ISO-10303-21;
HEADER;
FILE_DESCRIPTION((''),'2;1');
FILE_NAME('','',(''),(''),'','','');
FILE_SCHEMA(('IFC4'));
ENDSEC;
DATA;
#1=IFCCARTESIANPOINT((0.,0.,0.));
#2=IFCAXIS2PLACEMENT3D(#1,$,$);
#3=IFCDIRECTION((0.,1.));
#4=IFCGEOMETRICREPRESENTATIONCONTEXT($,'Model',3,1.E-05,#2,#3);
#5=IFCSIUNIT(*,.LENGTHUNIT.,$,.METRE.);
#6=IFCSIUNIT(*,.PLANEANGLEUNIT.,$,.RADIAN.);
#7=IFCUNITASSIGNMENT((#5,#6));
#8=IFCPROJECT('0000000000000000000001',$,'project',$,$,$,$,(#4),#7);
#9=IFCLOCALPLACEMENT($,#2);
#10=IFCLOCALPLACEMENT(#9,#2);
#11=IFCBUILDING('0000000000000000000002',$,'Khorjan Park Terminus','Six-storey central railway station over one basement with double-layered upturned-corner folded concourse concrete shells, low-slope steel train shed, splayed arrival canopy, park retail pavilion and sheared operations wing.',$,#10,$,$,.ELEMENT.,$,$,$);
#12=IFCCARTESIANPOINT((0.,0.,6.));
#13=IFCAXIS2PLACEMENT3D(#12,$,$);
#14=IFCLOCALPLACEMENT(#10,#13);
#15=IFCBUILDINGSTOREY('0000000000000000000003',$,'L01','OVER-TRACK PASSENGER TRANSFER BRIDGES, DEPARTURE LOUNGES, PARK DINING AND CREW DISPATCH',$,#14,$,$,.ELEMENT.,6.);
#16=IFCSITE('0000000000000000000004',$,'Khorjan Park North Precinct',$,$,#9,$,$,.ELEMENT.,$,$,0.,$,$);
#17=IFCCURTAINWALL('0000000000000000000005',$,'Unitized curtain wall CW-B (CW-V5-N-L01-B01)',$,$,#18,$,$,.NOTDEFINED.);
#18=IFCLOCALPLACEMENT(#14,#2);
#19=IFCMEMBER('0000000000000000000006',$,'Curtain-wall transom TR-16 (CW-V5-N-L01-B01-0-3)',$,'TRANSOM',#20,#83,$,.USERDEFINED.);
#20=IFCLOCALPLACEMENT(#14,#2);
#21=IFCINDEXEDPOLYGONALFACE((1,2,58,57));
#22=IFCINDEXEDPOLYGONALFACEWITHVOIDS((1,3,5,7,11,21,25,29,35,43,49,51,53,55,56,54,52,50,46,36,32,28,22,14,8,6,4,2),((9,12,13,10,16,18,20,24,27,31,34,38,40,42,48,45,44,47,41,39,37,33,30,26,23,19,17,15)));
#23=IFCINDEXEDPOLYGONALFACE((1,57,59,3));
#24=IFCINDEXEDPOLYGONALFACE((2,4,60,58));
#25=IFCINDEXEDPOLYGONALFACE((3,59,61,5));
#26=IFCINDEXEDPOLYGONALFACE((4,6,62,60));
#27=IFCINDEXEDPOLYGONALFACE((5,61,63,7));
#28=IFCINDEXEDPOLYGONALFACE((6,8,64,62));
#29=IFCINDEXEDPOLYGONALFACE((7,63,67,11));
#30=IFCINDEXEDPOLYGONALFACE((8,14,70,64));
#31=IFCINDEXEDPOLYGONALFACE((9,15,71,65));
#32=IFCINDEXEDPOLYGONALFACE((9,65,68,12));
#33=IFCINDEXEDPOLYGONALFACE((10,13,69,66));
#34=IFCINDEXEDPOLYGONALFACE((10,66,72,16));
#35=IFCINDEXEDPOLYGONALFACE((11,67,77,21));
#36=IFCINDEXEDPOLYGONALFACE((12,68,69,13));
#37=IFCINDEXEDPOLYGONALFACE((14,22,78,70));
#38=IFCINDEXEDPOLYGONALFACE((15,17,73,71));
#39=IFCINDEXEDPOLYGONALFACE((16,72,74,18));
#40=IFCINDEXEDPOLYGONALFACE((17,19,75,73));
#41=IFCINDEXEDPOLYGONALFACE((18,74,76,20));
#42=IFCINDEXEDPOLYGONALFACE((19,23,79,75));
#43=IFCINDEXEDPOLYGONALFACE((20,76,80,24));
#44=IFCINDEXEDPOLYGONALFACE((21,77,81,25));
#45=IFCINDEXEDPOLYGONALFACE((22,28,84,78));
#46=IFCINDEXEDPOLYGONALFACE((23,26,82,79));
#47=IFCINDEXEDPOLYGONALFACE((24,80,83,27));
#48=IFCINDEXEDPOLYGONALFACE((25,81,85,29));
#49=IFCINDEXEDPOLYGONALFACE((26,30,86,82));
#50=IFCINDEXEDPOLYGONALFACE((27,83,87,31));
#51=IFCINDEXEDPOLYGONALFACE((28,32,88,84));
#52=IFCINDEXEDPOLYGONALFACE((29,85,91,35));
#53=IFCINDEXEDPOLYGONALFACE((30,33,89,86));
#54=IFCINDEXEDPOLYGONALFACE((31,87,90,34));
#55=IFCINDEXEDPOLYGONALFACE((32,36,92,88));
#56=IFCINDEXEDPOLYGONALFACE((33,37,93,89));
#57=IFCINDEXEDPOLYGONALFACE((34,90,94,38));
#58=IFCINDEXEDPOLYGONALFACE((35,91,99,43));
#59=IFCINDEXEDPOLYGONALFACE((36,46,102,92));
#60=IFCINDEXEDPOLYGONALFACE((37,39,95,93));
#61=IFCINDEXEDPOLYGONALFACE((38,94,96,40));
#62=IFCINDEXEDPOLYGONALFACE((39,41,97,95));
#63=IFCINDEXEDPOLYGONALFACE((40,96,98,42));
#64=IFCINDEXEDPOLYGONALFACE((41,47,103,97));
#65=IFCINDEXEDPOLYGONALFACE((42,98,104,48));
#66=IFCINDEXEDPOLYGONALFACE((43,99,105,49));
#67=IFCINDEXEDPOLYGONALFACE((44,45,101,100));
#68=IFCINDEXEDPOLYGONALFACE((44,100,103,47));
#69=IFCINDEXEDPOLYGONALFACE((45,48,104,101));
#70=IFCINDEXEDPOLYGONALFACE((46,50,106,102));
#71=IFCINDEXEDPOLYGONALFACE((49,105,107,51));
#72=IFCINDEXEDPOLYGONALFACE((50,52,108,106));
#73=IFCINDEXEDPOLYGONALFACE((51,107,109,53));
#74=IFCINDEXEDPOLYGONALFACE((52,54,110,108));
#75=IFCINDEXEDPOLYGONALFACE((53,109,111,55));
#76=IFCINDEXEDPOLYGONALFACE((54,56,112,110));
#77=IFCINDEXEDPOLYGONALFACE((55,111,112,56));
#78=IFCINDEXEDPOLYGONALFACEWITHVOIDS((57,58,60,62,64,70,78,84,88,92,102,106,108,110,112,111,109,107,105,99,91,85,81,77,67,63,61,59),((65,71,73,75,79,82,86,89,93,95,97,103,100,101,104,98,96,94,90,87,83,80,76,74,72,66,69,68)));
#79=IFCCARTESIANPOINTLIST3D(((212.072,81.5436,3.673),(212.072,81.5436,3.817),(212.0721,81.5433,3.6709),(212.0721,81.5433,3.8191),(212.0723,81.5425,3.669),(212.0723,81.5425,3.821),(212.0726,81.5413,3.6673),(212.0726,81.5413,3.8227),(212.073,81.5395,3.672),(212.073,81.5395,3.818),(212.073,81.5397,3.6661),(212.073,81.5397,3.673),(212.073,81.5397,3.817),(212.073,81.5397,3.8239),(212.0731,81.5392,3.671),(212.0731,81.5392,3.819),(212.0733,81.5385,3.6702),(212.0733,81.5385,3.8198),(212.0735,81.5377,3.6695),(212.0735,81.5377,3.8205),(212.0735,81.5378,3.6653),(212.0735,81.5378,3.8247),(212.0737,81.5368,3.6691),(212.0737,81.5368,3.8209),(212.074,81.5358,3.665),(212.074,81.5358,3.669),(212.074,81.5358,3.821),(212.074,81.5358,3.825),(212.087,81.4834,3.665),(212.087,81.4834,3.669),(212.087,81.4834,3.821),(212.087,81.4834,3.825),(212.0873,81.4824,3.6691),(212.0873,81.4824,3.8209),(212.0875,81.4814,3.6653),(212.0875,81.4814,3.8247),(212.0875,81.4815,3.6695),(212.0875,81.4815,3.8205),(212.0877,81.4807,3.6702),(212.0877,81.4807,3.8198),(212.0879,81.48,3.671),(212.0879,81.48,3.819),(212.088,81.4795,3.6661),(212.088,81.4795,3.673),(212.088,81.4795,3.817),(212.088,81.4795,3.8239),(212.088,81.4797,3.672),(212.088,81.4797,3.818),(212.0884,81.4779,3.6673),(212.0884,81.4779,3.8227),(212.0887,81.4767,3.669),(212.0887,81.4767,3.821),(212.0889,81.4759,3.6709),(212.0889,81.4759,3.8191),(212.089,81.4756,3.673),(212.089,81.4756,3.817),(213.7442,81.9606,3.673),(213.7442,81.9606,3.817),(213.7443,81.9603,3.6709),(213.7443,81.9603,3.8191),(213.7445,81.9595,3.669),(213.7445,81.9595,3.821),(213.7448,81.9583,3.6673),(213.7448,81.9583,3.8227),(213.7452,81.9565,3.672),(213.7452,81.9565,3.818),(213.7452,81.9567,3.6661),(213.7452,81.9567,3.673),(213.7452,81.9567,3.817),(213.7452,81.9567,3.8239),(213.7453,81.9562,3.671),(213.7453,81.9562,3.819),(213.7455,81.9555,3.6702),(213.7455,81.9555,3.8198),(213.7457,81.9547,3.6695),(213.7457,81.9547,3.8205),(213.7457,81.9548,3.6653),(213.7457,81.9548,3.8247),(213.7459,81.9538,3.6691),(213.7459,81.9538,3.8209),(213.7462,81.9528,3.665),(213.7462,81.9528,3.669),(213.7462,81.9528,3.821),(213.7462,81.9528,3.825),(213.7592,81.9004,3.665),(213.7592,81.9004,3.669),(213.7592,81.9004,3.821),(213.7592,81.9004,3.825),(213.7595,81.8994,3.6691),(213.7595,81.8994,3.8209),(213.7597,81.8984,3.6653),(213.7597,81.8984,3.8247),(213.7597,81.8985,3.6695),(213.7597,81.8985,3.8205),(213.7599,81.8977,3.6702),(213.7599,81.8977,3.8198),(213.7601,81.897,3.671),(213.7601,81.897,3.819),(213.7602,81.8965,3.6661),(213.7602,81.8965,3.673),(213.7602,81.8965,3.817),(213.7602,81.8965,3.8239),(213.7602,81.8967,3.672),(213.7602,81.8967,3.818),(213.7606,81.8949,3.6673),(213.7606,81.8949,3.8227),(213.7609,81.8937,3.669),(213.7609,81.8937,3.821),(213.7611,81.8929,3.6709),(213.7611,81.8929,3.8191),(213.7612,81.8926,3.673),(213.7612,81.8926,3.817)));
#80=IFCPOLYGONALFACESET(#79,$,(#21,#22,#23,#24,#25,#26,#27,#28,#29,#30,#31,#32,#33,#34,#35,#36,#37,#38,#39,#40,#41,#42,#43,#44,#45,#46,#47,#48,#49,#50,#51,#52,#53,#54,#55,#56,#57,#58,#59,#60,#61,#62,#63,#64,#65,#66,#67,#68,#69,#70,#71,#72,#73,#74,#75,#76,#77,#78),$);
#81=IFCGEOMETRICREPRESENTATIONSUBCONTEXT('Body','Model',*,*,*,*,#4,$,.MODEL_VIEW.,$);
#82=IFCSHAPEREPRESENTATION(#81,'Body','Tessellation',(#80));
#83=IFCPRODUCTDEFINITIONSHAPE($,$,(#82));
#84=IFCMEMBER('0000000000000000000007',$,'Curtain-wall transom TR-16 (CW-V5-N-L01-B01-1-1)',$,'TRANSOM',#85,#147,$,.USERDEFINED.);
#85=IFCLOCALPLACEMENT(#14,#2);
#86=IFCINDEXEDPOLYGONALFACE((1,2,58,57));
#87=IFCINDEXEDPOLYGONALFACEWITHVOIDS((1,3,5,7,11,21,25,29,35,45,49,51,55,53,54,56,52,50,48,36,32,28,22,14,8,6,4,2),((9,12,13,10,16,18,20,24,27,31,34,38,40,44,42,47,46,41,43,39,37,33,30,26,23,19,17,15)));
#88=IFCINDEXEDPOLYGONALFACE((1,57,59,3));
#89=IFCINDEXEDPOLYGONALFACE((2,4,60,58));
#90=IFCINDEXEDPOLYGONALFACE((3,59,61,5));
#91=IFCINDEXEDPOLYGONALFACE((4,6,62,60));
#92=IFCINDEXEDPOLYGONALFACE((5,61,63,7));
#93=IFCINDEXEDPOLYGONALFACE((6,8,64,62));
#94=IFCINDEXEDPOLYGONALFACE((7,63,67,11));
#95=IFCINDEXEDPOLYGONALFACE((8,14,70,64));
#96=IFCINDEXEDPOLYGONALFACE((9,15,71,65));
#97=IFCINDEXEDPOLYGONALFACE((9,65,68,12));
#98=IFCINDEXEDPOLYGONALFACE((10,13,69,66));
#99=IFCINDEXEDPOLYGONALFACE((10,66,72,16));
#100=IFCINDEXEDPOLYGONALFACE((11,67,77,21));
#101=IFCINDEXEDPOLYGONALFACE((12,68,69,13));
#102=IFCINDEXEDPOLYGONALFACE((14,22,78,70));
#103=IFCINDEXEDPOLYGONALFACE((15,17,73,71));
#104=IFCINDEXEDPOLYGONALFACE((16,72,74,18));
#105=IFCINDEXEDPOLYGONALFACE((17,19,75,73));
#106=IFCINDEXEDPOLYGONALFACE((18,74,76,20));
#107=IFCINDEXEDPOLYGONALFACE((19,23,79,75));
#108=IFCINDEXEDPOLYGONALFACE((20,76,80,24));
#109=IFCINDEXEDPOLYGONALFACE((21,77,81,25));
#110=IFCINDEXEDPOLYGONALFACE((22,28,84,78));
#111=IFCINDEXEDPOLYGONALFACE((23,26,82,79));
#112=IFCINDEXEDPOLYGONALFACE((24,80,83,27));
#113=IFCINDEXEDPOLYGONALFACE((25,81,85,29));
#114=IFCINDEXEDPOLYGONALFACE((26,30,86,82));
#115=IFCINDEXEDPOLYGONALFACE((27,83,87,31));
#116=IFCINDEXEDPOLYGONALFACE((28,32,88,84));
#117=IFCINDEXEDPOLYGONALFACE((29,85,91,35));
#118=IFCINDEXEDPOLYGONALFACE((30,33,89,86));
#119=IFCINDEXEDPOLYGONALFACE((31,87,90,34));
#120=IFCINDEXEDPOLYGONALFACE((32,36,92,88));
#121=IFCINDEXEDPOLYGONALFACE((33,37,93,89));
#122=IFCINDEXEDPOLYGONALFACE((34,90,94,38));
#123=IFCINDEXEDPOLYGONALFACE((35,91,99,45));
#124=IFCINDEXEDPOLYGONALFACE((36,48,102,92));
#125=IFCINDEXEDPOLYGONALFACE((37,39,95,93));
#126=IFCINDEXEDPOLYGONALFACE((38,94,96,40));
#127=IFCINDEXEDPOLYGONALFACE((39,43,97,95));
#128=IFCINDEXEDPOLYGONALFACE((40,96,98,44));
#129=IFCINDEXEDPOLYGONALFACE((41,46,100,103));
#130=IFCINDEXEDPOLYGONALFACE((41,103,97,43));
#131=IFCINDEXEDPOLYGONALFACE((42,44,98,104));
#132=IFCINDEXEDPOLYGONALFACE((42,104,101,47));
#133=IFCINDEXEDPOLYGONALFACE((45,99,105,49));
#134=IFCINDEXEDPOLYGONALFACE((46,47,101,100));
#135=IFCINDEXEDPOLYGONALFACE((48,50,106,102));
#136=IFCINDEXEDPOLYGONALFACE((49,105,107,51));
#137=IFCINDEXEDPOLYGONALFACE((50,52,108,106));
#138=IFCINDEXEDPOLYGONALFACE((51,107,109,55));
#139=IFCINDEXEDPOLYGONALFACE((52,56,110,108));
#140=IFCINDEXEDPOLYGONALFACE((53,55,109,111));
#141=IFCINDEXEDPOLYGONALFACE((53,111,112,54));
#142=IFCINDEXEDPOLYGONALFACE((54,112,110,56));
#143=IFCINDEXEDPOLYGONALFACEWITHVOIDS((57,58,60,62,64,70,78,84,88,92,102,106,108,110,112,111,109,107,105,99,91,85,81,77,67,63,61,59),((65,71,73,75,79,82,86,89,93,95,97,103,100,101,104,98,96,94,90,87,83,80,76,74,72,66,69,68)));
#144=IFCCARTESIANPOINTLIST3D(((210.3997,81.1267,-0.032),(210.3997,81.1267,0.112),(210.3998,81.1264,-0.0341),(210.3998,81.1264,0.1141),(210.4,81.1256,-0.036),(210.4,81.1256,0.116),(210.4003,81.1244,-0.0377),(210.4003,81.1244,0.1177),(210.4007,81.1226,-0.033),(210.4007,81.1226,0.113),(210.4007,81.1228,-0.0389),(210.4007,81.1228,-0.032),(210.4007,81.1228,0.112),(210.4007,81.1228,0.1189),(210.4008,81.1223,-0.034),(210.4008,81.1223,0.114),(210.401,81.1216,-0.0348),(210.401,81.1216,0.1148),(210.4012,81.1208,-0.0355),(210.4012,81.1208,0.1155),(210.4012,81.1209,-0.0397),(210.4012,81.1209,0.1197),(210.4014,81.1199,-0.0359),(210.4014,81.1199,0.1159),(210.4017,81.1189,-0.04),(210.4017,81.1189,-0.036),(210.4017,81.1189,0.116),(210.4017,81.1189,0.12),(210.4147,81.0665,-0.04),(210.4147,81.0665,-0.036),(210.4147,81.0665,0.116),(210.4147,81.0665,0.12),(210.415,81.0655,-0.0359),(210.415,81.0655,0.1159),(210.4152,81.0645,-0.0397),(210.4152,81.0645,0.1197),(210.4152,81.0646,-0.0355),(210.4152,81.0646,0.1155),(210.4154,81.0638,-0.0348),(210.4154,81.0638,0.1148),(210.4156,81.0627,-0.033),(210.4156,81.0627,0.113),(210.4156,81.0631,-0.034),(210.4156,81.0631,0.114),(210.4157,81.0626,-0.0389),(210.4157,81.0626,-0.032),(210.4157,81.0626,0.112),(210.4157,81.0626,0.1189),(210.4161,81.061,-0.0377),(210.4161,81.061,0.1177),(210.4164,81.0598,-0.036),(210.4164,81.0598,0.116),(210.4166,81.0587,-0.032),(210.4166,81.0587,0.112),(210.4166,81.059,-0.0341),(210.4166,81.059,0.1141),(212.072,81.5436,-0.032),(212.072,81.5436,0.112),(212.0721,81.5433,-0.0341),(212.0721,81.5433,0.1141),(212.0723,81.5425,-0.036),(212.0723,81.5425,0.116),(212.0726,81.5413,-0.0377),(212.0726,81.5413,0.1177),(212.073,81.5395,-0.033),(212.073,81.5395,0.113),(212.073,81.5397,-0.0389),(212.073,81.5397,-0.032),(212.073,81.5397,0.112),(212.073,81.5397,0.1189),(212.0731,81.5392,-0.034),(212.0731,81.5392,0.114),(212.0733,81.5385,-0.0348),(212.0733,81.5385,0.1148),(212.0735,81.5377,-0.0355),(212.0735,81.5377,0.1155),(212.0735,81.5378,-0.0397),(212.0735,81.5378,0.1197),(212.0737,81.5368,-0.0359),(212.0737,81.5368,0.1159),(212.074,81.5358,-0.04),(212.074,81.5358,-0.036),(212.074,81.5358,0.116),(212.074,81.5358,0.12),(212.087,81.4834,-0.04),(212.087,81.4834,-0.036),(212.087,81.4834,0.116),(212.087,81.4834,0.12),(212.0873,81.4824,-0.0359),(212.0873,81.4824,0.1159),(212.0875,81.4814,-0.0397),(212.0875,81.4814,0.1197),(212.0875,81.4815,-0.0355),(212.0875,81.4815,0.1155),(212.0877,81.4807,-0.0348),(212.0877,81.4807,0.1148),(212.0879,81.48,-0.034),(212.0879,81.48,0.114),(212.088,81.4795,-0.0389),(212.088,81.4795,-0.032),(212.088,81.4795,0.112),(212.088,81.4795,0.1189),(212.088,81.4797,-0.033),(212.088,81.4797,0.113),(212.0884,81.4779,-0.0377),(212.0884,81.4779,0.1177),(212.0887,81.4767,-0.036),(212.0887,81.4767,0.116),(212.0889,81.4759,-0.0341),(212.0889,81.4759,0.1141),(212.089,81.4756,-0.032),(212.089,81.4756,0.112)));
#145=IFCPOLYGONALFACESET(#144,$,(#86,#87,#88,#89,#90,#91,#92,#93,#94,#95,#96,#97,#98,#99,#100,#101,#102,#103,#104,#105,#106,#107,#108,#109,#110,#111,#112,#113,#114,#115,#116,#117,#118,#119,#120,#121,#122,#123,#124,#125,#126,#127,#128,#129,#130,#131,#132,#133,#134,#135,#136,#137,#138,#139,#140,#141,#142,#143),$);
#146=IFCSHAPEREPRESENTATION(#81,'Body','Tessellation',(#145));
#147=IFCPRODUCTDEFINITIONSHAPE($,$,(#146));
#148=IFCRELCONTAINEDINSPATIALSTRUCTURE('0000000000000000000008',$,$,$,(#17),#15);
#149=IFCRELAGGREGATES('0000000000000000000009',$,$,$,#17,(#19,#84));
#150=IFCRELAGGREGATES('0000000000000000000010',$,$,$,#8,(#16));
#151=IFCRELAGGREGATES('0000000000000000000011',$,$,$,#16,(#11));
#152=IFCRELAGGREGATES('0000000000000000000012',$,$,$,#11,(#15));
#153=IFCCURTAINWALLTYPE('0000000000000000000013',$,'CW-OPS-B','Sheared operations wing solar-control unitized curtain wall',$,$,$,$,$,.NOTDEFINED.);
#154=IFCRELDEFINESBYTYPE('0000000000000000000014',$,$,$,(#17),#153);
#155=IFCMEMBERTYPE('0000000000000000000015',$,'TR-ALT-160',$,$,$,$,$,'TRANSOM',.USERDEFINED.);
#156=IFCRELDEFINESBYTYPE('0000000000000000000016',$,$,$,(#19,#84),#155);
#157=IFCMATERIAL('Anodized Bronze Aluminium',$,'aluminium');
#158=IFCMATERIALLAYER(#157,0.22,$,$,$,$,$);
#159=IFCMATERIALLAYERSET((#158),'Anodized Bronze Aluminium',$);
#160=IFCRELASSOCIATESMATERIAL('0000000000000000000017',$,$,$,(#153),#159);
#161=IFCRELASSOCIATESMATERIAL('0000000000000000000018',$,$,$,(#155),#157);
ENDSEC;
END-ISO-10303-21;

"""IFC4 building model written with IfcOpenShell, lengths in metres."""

from ifc_helpers import new_model, si_unit, direction, frame, origin, origin_2d, place, context, subcontext, project, spatial, hollow_rectangle, extrude, material, layer, layer_set, material_profile, profile_set, type_object, element, aggregate, save


model = new_model("IFC4")

# Units and contexts
model_context = context("Model", 3, precision=1e-05, world=origin(), true_north=direction((0.0, 1.0)))
body_context = subcontext(model_context, "Body", "Model", "MODEL_VIEW")
ifc_project = project(units=[si_unit("LENGTHUNIT", "METRE"), si_unit("PLANEANGLEUNIT", "RADIAN")], contexts=[model_context])

# Site, building, storey
site_placement = place(None, origin())
site = spatial("IfcSite", under=ifc_project, at=site_placement, Name="Khorjan Park North Precinct", CompositionType="ELEMENT", RefElevation=0.0)
building_placement = place(site_placement, origin())
building = spatial("IfcBuilding", under=site, at=building_placement, Name="Khorjan Park Terminus", Description="Six-storey central railway station over one basement with double-layered upturned-corner folded concourse concrete shells, low-slope steel train shed, splayed arrival canopy, park retail pavilion and sheared operations wing.", CompositionType="ELEMENT")
storey_placement = place(building_placement, frame((0.0, 0.0, 6.0)))
storey = spatial("IfcBuildingStorey", under=building, at=storey_placement, Name="L01", Description="OVER-TRACK PASSENGER TRANSFER BRIDGES, DEPARTURE LOUNGES, PARK DINING AND CREW DISPATCH", CompositionType="ELEMENT", Elevation=6.0)

# Curtain wall, members
ifc_material_1 = material(Name="Anodized Bronze Aluminium", Category="aluminium")
ifc_layer_1 = layer(ifc_material_1, 0.22)
ifc_layer_set_1 = layer_set([ifc_layer_1], Name="Anodized Bronze Aluminium")
curtain_wall_type = type_object("IfcCurtainWallType", Name="CW-OPS-B", Description="Sheared operations wing solar-control unitized curtain wall", PredefinedType="NOTDEFINED", material=ifc_layer_set_1)
curtain_wall_placement = place(storey_placement, origin())
curtain_wall = element("IfcCurtainWall", 1, at=curtain_wall_placement, inside=storey, type_object=curtain_wall_type, Name="Unitized curtain wall CW-B (CW-V5-N-L01-B01)", PredefinedType="NOTDEFINED")
ifc_material_profile_1 = material_profile(ifc_material_1, hollow_rectangle(XDim=0.07, YDim=0.16, WallThickness=0.004, InnerFilletRadius=0.004, OuterFilletRadius=0.008, at=origin_2d()), Name="ALT 70x160x4")
ifc_profile_set_1 = profile_set([ifc_material_profile_1], Name="Anodized Bronze Aluminium")
member_type_1 = type_object("IfcMemberType", Name="TR-ALT-160", ElementType="TRANSOM", PredefinedType="USERDEFINED", material=ifc_profile_set_1)
member_1_placement = place(storey_placement, frame((213.7527, 81.9266, 3.745), z_axis=(-0.970286, -0.241962, 0.0), x_axis=(0.241962, -0.970286, 0.0)))
member_1 = element("IfcMember", 2, at=member_1_placement, type_object=member_type_1, Name="Curtain-wall transom TR-16 (CW-V5-N-L01-B01-0-3)", ObjectType="TRANSOM", PredefinedType="USERDEFINED", context=body_context, shape_type="SweptSolid", body=[
    extrude(hollow_rectangle(XDim=0.07, YDim=0.16, WallThickness=0.004, InnerFilletRadius=0.004, OuterFilletRadius=0.008, at=origin_2d()), origin(), (0.0, 0.0, 1.0), 1.7234),
])
member_2_placement = place(storey_placement, frame((212.0805, 81.5096, 0.04), z_axis=(-0.970303, -0.241894, 0.0), x_axis=(0.241894, -0.970303, 0.0)))
member_2 = element("IfcMember", 3, at=member_2_placement, type_object=member_type_1, Name="Curtain-wall transom TR-16 (CW-V5-N-L01-B01-1-1)", ObjectType="TRANSOM", PredefinedType="USERDEFINED", context=body_context, shape_type="SweptSolid", body=[
    extrude(hollow_rectangle(XDim=0.07, YDim=0.16, WallThickness=0.004, InnerFilletRadius=0.004, OuterFilletRadius=0.008, at=origin_2d()), origin(), (0.0, 0.0, 1.0), 1.7235),
])
aggregate(curtain_wall, [member_1, member_2])

save(model, "model.ifc")
